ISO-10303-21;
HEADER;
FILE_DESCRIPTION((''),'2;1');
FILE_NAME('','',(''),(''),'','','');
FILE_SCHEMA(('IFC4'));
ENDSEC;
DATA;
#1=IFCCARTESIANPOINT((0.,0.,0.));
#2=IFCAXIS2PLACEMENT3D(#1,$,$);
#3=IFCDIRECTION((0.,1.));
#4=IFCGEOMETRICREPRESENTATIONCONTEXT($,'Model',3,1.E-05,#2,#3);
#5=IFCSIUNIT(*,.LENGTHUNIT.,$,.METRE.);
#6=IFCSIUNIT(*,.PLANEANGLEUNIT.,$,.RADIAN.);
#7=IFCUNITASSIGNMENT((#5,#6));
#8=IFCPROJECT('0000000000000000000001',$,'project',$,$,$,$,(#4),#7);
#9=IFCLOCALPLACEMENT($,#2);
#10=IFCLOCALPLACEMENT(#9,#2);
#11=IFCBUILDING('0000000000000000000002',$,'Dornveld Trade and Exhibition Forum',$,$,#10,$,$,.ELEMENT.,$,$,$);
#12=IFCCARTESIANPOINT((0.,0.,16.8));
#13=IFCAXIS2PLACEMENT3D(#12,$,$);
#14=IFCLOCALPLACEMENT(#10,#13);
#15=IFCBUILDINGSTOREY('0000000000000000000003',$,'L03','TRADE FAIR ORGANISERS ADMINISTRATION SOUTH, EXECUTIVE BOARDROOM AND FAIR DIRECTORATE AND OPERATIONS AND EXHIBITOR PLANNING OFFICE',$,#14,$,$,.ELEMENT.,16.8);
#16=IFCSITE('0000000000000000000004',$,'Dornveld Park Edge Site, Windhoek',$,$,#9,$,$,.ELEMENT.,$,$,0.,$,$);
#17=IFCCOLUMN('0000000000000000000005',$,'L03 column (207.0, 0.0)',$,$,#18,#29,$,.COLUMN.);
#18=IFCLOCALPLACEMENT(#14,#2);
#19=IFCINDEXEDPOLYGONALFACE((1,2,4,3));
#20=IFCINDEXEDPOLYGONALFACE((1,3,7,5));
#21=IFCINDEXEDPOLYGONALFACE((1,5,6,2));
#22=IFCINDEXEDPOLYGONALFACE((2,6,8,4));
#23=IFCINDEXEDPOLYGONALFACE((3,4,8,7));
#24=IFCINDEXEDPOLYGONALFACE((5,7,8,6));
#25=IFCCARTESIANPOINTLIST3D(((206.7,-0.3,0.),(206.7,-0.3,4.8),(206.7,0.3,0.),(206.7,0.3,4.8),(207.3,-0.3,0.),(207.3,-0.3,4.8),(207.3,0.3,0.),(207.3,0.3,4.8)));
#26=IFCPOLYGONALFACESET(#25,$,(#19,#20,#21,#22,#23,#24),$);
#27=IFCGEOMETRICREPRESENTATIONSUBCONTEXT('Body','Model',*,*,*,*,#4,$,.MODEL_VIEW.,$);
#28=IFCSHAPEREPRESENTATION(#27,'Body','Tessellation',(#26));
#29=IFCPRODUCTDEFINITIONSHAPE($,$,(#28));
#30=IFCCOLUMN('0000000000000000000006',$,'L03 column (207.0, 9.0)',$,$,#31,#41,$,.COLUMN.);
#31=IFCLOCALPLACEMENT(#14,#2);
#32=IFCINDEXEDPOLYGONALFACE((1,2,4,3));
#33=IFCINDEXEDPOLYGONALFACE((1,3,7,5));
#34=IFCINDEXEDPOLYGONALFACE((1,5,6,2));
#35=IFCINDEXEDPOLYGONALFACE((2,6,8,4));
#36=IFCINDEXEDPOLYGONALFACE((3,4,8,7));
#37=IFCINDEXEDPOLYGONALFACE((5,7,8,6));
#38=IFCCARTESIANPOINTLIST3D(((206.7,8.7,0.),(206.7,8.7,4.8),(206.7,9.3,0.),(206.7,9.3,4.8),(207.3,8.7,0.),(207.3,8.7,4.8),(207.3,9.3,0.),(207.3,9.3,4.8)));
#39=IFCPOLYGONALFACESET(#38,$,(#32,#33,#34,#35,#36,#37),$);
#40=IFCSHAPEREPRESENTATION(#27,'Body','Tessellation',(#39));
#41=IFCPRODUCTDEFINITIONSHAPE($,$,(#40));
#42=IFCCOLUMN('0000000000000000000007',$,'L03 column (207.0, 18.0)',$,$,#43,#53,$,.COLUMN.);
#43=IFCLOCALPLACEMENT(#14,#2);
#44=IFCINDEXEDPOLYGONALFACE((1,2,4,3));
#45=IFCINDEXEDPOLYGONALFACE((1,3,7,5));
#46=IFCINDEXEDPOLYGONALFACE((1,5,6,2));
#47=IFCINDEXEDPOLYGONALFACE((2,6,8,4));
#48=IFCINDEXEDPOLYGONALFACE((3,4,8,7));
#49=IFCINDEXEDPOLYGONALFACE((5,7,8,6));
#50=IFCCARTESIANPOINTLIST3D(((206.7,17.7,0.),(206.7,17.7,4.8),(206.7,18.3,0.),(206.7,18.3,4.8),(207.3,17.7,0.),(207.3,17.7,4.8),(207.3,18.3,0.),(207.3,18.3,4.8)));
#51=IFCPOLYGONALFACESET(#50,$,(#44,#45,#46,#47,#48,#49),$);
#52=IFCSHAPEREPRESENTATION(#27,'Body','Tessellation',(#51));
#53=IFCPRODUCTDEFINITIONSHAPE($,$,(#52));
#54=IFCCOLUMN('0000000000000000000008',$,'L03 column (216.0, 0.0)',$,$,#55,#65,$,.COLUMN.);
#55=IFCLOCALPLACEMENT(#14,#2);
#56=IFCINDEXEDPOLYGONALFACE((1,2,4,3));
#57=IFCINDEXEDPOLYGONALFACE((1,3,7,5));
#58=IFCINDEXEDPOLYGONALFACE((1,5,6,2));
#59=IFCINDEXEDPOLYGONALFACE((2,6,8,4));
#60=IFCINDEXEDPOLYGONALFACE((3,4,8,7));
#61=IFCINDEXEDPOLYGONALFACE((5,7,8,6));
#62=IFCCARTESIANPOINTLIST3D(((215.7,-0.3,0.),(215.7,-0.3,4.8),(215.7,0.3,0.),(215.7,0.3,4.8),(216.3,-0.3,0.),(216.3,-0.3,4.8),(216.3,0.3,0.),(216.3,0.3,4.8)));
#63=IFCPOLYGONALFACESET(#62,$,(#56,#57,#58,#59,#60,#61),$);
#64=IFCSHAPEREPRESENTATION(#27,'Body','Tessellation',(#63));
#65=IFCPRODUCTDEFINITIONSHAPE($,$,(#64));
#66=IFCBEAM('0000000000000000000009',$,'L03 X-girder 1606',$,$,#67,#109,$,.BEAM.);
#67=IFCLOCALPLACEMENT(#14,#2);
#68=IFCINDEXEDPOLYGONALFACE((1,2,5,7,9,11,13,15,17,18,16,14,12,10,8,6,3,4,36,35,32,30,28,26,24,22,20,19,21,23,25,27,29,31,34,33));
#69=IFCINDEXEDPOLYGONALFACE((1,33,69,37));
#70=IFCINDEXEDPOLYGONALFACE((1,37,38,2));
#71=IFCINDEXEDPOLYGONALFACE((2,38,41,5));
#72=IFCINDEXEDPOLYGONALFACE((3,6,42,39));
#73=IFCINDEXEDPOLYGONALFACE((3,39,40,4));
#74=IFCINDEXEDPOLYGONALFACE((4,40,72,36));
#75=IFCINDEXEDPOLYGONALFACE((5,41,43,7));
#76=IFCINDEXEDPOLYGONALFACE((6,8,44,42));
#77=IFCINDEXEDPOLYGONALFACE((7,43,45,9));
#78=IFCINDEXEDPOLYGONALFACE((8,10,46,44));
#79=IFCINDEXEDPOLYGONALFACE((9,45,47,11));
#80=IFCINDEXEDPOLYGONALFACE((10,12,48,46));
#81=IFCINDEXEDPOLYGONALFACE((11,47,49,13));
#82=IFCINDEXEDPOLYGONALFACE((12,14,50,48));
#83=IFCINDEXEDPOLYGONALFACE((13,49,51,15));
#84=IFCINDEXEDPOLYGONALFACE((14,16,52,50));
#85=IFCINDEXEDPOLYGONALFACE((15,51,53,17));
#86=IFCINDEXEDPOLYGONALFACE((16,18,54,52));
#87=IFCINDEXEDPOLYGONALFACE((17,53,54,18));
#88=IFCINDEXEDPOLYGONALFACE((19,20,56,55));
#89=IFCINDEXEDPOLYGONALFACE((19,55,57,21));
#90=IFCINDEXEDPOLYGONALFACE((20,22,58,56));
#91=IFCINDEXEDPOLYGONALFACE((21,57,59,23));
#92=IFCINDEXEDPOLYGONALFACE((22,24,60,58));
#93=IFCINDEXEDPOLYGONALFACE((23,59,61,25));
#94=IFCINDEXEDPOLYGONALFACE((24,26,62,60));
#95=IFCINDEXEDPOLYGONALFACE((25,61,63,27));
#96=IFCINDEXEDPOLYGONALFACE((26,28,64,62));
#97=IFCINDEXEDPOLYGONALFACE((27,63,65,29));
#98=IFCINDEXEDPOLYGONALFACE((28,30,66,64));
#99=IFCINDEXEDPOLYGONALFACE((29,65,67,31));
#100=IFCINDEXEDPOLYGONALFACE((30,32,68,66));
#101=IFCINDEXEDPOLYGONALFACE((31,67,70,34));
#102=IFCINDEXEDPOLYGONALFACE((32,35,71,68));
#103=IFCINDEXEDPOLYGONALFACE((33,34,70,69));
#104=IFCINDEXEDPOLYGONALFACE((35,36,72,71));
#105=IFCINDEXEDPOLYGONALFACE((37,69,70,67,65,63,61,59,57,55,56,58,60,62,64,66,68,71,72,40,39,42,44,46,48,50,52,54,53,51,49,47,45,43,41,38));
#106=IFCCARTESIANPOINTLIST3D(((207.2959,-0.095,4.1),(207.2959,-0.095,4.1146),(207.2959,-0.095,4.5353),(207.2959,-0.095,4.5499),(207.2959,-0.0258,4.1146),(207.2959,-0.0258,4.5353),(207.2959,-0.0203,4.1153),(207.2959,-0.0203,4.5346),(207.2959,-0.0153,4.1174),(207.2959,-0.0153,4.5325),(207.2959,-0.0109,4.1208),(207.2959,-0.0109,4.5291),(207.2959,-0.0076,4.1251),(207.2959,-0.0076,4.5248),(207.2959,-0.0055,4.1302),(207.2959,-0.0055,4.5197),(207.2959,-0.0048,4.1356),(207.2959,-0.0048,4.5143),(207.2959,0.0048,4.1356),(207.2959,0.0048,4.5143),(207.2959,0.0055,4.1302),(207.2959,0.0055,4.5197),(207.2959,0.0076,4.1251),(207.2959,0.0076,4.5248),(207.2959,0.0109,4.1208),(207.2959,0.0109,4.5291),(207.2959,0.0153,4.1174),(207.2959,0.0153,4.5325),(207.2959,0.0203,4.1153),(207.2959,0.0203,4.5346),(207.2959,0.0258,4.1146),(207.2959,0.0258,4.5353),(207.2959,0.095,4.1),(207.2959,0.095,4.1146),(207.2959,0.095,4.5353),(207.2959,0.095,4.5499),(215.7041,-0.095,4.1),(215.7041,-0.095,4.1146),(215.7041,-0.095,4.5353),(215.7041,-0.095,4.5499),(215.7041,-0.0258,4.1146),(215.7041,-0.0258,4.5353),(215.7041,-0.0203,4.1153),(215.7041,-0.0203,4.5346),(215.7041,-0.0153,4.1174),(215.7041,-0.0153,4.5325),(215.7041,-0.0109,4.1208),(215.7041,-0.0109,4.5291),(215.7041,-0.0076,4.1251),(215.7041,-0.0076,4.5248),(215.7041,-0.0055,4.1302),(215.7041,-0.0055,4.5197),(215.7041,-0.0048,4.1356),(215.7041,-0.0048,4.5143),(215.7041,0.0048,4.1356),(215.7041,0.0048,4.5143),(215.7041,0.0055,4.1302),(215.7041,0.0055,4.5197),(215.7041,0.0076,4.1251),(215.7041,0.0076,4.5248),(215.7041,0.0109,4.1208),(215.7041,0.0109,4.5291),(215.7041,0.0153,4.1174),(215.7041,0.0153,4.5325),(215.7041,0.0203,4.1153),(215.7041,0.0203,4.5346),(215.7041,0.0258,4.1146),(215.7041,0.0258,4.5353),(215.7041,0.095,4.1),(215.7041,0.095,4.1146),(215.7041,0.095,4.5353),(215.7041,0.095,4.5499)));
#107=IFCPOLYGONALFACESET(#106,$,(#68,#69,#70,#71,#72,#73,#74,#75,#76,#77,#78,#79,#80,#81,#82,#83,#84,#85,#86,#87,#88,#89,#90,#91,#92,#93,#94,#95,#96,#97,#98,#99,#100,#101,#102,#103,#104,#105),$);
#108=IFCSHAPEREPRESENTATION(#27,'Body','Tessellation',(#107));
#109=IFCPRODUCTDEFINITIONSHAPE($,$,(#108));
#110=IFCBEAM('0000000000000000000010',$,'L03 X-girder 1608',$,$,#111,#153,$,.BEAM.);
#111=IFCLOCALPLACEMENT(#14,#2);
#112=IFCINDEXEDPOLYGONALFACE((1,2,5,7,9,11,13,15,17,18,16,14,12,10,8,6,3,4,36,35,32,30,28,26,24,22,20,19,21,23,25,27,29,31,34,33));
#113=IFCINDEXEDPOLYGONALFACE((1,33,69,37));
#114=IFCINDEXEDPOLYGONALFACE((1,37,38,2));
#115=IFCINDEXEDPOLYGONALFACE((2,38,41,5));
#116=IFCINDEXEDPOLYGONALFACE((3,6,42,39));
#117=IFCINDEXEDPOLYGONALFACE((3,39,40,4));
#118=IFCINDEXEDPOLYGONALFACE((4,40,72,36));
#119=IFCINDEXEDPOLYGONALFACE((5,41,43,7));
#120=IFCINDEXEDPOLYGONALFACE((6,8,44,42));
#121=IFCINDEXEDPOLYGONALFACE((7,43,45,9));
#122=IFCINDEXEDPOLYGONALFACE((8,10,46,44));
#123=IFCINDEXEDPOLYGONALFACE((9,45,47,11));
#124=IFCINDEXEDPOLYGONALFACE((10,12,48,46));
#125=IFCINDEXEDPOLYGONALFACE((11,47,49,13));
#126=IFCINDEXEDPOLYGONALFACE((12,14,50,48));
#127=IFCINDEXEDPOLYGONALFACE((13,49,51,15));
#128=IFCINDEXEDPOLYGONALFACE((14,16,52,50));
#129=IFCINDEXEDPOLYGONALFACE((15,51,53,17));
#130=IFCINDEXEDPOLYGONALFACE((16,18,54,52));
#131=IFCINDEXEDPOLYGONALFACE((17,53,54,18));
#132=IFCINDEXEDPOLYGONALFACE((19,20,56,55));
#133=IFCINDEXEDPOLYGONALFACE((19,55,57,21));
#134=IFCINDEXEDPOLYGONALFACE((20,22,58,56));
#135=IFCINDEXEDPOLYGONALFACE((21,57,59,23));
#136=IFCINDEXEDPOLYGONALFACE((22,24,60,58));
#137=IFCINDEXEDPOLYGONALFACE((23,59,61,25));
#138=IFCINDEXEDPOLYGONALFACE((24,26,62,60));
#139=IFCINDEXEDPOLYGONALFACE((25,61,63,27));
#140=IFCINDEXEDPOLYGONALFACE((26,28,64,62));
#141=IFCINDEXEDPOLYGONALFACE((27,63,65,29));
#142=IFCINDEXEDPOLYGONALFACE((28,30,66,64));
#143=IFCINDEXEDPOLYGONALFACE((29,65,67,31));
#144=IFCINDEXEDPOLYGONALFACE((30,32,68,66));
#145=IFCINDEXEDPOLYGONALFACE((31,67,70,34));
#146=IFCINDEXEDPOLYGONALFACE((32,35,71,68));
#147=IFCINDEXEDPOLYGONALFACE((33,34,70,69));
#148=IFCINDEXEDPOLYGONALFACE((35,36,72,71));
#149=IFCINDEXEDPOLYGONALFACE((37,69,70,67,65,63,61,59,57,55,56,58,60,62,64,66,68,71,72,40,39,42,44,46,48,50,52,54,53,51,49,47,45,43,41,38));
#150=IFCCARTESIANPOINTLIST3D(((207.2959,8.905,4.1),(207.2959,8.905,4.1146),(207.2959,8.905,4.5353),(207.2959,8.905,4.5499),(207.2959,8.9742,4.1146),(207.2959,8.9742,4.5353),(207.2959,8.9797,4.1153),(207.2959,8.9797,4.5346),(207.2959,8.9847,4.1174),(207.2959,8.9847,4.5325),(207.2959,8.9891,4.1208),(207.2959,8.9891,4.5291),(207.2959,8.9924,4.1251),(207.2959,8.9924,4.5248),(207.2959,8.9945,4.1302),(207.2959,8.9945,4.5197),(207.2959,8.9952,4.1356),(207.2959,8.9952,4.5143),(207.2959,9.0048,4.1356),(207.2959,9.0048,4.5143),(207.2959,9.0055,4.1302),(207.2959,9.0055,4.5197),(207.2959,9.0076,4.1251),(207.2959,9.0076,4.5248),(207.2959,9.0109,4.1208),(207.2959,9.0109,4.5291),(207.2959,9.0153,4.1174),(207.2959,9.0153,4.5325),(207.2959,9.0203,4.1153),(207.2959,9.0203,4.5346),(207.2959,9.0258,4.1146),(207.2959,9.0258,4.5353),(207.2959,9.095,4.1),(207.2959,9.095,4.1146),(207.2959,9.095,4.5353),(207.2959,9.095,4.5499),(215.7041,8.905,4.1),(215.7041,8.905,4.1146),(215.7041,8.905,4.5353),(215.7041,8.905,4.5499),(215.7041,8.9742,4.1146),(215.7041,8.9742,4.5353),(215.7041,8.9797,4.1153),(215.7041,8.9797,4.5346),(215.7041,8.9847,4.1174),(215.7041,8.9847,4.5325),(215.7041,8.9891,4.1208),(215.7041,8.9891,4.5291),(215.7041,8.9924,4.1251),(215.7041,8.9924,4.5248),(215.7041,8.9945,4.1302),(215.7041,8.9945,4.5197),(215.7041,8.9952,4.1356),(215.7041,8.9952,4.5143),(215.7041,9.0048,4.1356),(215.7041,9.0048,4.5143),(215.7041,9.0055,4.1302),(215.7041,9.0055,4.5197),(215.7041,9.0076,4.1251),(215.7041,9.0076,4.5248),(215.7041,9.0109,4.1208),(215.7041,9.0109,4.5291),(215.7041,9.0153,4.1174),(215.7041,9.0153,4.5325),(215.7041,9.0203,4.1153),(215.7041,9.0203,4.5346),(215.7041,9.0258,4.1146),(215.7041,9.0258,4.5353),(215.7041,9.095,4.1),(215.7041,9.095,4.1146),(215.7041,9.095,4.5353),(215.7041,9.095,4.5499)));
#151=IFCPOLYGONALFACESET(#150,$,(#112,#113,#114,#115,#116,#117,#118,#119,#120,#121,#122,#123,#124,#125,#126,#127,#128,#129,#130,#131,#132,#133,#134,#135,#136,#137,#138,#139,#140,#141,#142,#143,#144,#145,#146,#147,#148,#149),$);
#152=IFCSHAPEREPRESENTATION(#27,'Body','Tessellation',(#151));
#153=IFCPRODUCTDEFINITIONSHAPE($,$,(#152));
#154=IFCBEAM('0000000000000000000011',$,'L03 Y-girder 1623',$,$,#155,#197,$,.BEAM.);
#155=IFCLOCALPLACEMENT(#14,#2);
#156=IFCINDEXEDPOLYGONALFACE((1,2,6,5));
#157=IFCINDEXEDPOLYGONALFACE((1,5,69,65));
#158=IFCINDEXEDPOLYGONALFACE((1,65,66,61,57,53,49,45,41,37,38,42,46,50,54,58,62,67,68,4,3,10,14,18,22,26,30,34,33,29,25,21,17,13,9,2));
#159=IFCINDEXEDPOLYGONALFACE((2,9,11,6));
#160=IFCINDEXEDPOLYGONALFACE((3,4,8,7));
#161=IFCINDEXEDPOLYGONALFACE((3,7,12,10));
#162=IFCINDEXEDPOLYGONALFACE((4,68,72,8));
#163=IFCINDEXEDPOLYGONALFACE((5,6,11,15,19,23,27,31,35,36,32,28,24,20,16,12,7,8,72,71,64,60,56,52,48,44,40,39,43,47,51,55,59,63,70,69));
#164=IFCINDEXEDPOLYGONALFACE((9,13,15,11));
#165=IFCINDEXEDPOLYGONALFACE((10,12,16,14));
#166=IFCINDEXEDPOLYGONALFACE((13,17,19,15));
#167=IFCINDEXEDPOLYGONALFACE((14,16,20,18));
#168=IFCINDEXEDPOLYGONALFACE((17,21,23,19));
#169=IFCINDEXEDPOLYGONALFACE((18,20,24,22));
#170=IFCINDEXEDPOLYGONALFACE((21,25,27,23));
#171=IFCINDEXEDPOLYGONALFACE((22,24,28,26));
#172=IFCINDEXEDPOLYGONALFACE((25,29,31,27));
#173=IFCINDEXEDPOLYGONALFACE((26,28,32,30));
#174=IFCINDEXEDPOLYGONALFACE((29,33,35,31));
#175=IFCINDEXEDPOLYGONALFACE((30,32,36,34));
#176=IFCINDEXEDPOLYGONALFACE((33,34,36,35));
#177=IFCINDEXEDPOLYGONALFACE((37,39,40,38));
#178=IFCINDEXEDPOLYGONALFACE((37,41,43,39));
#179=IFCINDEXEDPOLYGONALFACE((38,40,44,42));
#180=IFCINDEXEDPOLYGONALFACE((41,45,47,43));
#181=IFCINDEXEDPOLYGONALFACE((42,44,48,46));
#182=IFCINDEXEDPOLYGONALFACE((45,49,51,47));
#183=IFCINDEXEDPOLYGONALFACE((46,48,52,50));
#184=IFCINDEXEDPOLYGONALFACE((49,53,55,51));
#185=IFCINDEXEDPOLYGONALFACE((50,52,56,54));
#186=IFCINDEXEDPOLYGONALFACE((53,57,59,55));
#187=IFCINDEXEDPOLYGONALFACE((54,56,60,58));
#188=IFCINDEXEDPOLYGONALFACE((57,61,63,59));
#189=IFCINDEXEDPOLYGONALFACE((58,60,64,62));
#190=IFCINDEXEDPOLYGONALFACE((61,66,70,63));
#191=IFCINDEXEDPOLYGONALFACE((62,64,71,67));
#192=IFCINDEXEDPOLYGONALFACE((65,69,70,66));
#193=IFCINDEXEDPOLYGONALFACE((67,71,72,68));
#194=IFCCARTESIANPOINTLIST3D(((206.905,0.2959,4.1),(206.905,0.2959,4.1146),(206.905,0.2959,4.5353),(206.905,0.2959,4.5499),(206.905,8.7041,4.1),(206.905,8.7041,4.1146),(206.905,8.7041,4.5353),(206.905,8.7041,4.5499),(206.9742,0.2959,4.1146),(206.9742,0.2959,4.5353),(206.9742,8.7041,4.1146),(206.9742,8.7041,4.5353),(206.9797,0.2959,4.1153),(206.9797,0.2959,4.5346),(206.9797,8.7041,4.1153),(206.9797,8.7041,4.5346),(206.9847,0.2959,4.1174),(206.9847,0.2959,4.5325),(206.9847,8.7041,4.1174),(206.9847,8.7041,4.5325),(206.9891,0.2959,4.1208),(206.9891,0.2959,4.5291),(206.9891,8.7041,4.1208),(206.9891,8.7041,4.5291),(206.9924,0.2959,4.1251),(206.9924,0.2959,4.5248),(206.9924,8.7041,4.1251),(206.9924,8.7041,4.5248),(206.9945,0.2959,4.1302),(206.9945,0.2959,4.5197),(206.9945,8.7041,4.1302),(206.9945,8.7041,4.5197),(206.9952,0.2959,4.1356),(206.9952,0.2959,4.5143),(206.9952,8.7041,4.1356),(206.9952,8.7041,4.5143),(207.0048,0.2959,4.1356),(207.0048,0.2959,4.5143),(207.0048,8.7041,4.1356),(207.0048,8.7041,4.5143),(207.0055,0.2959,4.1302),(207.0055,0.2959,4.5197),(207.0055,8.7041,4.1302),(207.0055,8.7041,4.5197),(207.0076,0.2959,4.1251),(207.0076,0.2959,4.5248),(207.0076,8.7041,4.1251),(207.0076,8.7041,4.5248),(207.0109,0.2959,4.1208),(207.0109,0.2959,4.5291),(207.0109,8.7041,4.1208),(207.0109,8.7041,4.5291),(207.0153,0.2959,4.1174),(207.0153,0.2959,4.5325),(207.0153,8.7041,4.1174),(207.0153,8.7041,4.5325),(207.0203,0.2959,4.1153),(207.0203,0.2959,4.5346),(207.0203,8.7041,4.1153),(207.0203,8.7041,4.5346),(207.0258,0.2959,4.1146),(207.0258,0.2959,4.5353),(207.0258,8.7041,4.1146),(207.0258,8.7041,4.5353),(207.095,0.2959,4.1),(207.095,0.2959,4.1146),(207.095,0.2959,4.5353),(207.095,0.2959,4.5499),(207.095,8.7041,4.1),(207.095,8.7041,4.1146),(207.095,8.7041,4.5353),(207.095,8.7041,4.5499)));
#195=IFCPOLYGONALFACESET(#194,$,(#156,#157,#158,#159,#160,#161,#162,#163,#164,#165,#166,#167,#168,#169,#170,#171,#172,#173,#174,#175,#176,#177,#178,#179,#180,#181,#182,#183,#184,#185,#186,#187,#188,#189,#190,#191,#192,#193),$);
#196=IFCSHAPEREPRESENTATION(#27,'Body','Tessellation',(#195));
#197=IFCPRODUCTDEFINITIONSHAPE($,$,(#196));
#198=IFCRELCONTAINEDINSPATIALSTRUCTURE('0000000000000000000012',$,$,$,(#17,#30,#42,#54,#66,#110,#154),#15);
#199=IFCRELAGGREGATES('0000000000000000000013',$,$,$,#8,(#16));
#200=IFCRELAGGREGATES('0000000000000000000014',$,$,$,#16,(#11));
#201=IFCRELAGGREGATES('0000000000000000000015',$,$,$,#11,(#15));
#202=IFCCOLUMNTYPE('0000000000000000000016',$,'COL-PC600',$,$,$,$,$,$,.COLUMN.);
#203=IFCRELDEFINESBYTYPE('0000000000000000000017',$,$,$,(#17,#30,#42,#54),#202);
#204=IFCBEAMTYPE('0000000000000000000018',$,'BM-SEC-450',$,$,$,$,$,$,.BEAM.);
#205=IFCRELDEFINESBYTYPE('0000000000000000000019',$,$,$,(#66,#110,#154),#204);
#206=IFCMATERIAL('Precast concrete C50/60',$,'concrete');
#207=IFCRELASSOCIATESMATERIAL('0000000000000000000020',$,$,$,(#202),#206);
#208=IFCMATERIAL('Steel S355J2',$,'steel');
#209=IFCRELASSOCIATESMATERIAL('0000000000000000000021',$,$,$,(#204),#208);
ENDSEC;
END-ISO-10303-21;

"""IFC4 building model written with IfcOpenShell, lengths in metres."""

from ifc_helpers import new_model, si_unit, direction, frame, origin, origin_2d, place, context, subcontext, project, spatial, rectangle, i_section, extrude, material, material_profile, profile_set, type_object, element, save


model = new_model("IFC4")

# Units and contexts
model_context = context("Model", 3, precision=1e-05, world=origin(), true_north=direction((0.0, 1.0)))
body_context = subcontext(model_context, "Body", "Model", "MODEL_VIEW")
ifc_project = project(units=[si_unit("LENGTHUNIT", "METRE"), si_unit("PLANEANGLEUNIT", "RADIAN")], contexts=[model_context])

# Site, building, storey
site_placement = place(None, origin())
site = spatial("IfcSite", under=ifc_project, at=site_placement, Name="Dornveld Park Edge Site, Windhoek", CompositionType="ELEMENT", RefElevation=0.0)
building_placement = place(site_placement, origin())
building = spatial("IfcBuilding", under=site, at=building_placement, Name="Dornveld Trade and Exhibition Forum", CompositionType="ELEMENT")
storey_placement = place(building_placement, frame((0.0, 0.0, 16.8)))
storey = spatial("IfcBuildingStorey", under=building, at=storey_placement, Name="L03", Description="TRADE FAIR ORGANISERS ADMINISTRATION SOUTH, EXECUTIVE BOARDROOM AND FAIR DIRECTORATE AND OPERATIONS AND EXHIBITOR PLANNING OFFICE", CompositionType="ELEMENT", Elevation=16.8)

# Columns
ifc_material_1 = material(Name="Precast concrete C50/60", Category="concrete")
ifc_material_profile_1 = material_profile(ifc_material_1, rectangle(XDim=0.6001, YDim=0.6001, at=origin_2d()), Name="PC-COL 600x600")
ifc_profile_set_1 = profile_set([ifc_material_profile_1], Name="Precast concrete C50/60")
column_type = type_object("IfcColumnType", Name="COL-PC600", PredefinedType="COLUMN", material=ifc_profile_set_1)
for number, where, z_axis, x_axis, name in (
    (1, (207.0, 0.0, 0.0), (0.0, 0.0, 1.0), (1.0, 0.0, 0.0), "L03 column (207.0, 0.0)"),
    (2, (207.0, 9.0, 0.0), (0.0, 0.0, 1.0), (1.0, 0.0, 0.0), "L03 column (207.0, 9.0)"),
    (3, (207.0, 18.0, 0.0), (0.0, 0.0, 1.0), (1.0, 0.0, 0.0), "L03 column (207.0, 18.0)"),
    (4, (216.0, 0.0, 0.0), (0.0, 0.0, 1.0), (1.0, 0.0, 0.0), "L03 column (216.0, 0.0)"),
):
    element("IfcColumn", number, at=place(storey_placement, frame(where, z_axis=z_axis, x_axis=x_axis)), inside=storey, type_object=column_type, Name=name, PredefinedType="COLUMN", context=body_context, shape_type="SweptSolid", body=[
        extrude(rectangle(XDim=0.6001, YDim=0.6001, at=origin_2d()), origin(), (0.0, 0.0, 1.0), 4.8),
    ])

# Beams
ifc_material_2 = material(Name="Steel S355J2", Category="steel")
ifc_material_profile_2 = material_profile(ifc_material_2, i_section(OverallWidth=0.1899, OverallDepth=0.45, WebThickness=0.0095, FlangeThickness=0.0146, FilletRadius=0.021, at=origin_2d()), Name="IPE 450")
ifc_profile_set_2 = profile_set([ifc_material_profile_2], Name="Steel S355J2")
beam_type = type_object("IfcBeamType", Name="BM-SEC-450", PredefinedType="BEAM", material=ifc_profile_set_2)
for number, where, z_axis, x_axis, name in (
    (5, (207.2959, 0.0, 4.325), (1.0, 0.0, 0.0), (0.0, 1.0, 0.0), "L03 X-girder 1606"),
    (6, (207.2959, 9.0, 4.325), (1.0, 0.0, 0.0), (0.0, 1.0, 0.0), "L03 X-girder 1608"),
    (7, (207.0, 0.2959, 4.325), (0.0, 1.0, 0.0), (-1.0, 0.0, 0.0), "L03 Y-girder 1623"),
):
    element("IfcBeam", number, at=place(storey_placement, frame(where, z_axis=z_axis, x_axis=x_axis)), inside=storey, type_object=beam_type, Name=name, PredefinedType="BEAM", context=body_context, shape_type="SweptSolid", body=[
        extrude(i_section(OverallWidth=0.1899, OverallDepth=0.45, WebThickness=0.0095, FlangeThickness=0.0146, FilletRadius=0.021, at=origin_2d()), origin(), (0.0, 0.0, 1.0), 8.4082),
    ])

save(model, "model.ifc")
